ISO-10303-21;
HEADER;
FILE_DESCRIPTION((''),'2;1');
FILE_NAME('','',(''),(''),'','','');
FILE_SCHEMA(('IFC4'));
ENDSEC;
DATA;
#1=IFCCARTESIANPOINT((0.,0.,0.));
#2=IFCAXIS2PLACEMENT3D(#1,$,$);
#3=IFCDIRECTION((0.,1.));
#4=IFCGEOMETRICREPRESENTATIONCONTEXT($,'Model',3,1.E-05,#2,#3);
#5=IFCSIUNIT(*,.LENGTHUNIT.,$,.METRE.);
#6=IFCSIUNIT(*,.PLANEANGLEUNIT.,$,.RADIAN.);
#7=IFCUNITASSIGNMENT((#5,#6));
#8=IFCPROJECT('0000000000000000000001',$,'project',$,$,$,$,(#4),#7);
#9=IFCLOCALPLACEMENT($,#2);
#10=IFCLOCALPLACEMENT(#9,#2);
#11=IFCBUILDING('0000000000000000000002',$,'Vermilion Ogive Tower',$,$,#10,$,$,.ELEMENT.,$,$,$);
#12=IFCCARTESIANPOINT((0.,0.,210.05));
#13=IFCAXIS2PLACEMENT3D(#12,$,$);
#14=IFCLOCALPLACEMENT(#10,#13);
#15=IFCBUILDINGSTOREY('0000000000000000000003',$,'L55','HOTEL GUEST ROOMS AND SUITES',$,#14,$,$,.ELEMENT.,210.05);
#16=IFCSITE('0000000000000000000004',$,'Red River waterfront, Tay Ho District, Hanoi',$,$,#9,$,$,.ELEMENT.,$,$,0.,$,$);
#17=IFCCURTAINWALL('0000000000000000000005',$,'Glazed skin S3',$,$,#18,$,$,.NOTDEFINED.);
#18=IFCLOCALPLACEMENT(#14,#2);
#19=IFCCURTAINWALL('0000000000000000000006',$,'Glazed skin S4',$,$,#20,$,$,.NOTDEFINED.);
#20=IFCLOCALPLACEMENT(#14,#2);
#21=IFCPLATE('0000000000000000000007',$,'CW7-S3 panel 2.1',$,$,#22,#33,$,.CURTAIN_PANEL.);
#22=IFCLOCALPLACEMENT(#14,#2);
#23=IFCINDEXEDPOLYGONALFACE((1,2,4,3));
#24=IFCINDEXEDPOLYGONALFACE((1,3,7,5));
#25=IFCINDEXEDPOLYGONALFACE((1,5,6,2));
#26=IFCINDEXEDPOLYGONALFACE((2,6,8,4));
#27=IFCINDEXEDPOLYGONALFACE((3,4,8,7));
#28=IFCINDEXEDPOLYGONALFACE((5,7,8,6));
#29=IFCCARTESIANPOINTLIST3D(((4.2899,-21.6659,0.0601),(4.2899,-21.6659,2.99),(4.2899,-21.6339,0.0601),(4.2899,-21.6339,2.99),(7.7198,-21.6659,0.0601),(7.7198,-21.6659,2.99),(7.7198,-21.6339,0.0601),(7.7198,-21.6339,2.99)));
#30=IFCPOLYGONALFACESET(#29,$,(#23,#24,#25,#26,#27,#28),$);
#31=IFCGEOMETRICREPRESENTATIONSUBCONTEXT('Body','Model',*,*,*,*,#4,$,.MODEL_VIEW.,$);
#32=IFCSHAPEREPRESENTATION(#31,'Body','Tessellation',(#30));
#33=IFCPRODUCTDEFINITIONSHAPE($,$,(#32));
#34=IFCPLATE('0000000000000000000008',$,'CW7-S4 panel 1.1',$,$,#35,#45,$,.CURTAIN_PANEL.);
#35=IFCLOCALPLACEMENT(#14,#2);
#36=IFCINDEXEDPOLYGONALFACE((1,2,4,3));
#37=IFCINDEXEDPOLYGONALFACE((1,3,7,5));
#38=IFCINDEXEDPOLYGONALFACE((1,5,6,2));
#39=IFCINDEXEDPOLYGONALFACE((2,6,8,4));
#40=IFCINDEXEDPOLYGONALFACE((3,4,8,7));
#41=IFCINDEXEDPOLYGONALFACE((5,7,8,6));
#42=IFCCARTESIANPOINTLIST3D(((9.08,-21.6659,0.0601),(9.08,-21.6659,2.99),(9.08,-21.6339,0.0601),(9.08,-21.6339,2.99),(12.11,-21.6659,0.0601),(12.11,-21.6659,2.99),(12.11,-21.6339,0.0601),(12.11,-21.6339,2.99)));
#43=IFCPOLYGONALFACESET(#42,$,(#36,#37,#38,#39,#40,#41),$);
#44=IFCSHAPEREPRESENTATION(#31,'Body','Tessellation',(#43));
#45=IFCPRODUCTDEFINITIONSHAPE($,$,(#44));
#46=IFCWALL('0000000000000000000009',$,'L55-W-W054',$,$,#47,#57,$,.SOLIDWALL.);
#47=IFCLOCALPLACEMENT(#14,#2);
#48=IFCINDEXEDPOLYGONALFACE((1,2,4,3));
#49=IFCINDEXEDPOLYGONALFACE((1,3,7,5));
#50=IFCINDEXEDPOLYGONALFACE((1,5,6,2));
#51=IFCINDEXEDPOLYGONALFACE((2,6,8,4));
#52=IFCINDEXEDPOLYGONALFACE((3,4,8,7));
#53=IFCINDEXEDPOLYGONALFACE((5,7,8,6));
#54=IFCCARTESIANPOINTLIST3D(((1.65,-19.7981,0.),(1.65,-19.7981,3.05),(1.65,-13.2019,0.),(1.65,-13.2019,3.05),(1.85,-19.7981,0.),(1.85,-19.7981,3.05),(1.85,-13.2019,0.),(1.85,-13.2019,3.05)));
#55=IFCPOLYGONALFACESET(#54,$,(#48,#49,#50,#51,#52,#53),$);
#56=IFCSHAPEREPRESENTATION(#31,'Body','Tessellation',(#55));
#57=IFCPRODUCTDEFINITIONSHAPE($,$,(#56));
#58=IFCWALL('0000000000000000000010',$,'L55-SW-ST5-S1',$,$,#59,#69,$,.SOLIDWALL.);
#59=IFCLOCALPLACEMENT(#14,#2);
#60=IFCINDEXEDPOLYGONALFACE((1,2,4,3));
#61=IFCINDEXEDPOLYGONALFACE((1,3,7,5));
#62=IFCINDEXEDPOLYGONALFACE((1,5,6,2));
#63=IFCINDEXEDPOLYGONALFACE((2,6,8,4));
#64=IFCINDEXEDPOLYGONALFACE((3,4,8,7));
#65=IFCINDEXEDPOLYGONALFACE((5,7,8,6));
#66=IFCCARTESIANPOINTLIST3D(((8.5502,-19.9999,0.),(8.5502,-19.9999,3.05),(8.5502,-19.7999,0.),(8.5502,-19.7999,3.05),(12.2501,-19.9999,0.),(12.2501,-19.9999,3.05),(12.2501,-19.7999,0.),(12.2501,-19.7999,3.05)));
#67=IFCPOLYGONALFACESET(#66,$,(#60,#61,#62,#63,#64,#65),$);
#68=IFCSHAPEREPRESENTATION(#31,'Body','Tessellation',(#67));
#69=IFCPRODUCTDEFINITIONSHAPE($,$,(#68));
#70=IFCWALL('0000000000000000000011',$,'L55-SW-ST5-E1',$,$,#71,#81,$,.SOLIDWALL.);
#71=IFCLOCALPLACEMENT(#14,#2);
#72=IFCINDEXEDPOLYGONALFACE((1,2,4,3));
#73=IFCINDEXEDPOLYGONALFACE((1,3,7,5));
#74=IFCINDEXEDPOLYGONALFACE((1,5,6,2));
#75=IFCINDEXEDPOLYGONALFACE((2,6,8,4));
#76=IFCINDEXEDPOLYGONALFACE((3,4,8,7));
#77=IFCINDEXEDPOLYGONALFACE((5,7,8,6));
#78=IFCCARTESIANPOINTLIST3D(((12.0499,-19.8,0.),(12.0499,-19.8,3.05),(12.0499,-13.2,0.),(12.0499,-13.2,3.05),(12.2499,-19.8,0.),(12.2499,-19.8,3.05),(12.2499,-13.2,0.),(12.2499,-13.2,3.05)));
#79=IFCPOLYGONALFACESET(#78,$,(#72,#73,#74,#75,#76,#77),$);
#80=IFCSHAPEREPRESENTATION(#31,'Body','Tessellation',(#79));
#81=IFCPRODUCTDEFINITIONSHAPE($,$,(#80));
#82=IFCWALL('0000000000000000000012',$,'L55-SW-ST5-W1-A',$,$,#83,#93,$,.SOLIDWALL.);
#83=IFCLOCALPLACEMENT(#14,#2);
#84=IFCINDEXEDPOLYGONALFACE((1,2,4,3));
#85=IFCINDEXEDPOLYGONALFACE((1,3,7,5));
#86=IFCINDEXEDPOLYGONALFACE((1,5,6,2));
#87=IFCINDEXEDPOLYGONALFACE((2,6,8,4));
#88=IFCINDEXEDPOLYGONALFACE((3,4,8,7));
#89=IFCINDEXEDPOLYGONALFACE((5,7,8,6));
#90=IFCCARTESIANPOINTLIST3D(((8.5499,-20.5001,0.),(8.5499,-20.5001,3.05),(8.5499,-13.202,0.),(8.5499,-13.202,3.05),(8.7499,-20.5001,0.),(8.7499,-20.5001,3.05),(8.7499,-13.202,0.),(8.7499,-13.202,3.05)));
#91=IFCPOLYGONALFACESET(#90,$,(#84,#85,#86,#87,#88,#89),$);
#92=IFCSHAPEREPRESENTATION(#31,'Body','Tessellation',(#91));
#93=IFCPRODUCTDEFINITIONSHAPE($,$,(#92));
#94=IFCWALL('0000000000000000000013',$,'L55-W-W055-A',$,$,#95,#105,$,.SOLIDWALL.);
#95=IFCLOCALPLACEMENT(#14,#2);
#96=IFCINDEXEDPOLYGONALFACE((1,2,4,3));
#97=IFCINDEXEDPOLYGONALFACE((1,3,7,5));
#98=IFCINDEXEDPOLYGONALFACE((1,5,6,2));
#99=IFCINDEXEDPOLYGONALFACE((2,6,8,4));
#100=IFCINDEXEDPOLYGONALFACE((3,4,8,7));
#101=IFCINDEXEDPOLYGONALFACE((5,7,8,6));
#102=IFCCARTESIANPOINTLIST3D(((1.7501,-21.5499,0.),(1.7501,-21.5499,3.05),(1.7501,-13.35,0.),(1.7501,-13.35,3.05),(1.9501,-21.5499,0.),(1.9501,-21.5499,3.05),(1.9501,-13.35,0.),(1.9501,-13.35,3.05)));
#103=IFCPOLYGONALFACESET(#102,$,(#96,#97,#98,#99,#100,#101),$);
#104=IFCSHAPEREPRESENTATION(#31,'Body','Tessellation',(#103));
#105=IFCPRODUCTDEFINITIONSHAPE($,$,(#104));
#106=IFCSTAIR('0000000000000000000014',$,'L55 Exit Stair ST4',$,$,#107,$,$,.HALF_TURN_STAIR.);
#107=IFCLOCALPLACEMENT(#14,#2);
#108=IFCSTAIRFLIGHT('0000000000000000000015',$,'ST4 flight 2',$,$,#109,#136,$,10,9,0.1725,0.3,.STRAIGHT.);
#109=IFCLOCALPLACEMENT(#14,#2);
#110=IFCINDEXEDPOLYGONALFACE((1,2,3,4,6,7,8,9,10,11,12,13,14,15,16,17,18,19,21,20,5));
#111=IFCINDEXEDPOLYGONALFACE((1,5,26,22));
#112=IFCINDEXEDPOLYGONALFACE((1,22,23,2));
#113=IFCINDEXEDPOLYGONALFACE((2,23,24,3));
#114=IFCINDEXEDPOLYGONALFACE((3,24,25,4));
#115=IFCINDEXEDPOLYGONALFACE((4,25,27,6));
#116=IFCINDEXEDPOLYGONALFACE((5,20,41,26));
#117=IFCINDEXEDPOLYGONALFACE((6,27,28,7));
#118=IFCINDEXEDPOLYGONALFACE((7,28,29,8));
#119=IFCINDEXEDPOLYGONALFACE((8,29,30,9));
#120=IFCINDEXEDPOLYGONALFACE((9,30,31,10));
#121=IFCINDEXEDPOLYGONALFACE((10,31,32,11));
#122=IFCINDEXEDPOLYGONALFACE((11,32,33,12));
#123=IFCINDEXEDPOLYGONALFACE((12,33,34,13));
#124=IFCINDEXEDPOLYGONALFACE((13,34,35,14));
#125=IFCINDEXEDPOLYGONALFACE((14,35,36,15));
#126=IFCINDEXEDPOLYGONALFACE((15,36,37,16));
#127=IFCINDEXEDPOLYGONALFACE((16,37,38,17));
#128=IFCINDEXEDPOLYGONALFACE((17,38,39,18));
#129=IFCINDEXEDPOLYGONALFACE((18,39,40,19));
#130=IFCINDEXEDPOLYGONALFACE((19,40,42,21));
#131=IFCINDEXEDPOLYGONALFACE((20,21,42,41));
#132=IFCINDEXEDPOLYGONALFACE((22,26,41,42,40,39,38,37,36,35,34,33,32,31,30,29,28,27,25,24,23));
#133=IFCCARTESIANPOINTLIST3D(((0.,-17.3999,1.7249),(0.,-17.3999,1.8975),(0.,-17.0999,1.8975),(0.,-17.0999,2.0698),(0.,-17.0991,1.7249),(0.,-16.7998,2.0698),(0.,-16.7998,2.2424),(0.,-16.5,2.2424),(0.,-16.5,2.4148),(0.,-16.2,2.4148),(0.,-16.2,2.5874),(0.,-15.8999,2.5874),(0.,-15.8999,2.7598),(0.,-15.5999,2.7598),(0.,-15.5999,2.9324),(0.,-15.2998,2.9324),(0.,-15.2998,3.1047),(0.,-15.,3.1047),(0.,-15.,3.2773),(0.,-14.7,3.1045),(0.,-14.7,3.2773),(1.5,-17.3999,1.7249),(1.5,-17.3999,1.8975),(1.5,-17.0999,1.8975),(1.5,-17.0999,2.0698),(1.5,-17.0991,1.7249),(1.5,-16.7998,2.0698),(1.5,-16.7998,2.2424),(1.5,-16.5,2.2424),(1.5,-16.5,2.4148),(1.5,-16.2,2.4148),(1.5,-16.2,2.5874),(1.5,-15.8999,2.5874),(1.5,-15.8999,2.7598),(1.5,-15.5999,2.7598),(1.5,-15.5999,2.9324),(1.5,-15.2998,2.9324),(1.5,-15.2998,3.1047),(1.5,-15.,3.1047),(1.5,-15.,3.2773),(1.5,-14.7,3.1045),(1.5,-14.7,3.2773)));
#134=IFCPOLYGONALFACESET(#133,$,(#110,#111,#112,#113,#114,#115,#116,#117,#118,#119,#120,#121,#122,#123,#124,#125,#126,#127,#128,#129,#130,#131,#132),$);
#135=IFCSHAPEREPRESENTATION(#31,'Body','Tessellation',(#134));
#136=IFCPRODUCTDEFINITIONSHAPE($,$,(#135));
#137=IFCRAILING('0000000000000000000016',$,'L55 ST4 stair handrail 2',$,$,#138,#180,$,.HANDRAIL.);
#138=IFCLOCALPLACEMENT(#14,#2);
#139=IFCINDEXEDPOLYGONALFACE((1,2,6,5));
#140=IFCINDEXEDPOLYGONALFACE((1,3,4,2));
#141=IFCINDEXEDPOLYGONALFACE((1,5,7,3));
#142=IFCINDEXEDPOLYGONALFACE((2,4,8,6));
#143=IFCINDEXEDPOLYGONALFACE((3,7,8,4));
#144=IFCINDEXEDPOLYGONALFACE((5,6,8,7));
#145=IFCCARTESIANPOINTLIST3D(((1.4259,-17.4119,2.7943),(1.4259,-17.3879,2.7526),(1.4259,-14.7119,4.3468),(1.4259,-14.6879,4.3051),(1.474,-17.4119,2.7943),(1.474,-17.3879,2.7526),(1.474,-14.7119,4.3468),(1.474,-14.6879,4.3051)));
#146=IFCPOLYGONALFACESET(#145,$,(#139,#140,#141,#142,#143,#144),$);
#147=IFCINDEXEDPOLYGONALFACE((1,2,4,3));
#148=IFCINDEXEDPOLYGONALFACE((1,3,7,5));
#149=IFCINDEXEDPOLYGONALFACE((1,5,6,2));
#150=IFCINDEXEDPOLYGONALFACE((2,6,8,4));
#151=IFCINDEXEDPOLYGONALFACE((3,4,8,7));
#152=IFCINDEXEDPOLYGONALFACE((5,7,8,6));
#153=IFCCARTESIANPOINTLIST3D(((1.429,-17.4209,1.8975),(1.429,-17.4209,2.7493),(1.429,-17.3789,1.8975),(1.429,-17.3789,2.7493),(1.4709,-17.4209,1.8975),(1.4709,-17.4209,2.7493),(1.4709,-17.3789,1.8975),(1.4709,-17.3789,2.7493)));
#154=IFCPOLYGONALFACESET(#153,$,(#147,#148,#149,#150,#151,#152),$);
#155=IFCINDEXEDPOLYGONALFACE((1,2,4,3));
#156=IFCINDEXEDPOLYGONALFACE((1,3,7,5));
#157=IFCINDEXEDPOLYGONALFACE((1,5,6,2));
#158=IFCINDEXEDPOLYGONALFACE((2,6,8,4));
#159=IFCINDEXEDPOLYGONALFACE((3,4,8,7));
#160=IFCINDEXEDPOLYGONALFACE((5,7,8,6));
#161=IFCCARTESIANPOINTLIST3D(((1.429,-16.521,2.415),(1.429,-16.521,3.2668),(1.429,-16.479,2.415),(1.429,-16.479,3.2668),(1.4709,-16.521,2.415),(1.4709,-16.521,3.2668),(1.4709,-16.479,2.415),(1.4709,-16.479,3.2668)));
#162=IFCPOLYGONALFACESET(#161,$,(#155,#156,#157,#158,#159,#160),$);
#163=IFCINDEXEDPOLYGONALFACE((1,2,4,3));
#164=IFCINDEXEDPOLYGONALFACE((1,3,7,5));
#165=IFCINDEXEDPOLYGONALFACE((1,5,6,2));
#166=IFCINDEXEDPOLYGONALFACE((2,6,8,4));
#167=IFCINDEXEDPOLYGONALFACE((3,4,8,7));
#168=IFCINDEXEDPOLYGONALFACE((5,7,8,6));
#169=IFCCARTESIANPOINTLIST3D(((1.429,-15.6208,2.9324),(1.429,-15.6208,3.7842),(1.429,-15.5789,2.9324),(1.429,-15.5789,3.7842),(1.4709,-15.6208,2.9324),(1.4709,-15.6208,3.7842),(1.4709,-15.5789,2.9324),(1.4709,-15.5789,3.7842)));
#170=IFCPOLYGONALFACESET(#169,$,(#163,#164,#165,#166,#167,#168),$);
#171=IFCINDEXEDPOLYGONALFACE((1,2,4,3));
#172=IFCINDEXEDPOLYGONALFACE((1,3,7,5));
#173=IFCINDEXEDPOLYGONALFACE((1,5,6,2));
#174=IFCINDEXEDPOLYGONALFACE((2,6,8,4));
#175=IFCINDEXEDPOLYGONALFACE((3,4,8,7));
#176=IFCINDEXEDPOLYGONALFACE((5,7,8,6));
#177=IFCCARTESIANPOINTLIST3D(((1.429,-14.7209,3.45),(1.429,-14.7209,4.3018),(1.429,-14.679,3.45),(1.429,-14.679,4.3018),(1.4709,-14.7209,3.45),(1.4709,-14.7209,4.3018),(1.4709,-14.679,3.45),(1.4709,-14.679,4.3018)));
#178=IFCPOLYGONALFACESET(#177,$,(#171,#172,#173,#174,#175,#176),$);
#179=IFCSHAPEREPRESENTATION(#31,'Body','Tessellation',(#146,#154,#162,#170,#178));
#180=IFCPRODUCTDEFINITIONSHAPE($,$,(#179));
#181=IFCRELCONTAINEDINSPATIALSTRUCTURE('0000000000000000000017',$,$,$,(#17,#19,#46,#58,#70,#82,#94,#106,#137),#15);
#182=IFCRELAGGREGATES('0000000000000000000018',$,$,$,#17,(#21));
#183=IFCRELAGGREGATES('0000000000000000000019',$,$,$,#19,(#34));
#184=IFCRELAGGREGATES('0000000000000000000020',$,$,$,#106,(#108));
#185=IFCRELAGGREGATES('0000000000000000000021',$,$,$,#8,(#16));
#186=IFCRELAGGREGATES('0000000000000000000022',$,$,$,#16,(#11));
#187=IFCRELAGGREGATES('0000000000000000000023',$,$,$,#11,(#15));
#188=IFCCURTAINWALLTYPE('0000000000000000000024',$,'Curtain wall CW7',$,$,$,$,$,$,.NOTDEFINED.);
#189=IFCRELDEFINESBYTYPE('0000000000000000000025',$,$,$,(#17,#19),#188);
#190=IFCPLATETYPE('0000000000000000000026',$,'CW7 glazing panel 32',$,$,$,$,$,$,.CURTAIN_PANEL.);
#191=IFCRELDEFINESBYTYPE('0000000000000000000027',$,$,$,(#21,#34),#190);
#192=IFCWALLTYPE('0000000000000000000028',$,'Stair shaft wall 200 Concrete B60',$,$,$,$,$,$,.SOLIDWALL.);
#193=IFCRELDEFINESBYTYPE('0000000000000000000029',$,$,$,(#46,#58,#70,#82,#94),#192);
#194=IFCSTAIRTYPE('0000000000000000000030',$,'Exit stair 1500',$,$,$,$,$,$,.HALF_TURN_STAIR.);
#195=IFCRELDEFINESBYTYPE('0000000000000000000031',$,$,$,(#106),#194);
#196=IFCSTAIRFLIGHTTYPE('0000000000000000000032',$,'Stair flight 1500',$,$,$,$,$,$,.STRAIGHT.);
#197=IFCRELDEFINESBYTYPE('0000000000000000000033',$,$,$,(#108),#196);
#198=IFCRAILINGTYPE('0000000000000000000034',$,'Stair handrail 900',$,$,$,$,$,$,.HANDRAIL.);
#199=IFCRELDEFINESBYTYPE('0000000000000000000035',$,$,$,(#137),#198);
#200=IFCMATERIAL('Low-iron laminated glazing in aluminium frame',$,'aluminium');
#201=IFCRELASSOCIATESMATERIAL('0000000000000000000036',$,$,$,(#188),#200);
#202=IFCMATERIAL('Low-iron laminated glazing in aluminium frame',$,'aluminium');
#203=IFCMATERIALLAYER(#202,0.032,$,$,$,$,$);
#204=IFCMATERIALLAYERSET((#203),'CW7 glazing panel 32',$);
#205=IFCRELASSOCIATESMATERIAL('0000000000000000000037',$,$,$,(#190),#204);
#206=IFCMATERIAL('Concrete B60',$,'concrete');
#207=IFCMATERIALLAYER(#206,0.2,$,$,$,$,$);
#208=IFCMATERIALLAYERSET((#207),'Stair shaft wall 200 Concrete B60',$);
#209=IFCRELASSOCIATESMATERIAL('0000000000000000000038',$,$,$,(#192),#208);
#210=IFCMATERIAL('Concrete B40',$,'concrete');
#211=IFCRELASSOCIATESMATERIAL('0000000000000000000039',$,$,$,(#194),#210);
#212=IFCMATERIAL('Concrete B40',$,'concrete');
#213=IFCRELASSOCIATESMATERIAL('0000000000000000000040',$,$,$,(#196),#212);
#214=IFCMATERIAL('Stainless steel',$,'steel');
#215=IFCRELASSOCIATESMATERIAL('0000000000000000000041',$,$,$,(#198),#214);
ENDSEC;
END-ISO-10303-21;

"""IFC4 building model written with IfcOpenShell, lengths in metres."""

from ifc_helpers import new_model, si_unit, direction, frame, frame_2d, origin, origin_2d, place, context, subcontext, project, spatial, polyline, rectangle, outline, extrude, material, layer, layer_set, type_object, element, aggregate, save


model = new_model("IFC4")

# Units and contexts
model_context = context("Model", 3, precision=1e-05, world=origin(), true_north=direction((0.0, 1.0)))
body_context = subcontext(model_context, "Body", "Model", "MODEL_VIEW")
ifc_project = project(units=[si_unit("LENGTHUNIT", "METRE"), si_unit("PLANEANGLEUNIT", "RADIAN")], contexts=[model_context])

# Site, building, storey
site_placement = place(None, origin())
site = spatial("IfcSite", under=ifc_project, at=site_placement, Name="Red River waterfront, Tay Ho District, Hanoi", CompositionType="ELEMENT", RefElevation=0.0)
building_placement = place(site_placement, origin())
building = spatial("IfcBuilding", under=site, at=building_placement, Name="Vermilion Ogive Tower", CompositionType="ELEMENT")
storey_placement = place(building_placement, frame((0.0, 0.0, 210.05)))
storey = spatial("IfcBuildingStorey", under=building, at=storey_placement, Name="L55", Description="HOTEL GUEST ROOMS AND SUITES", CompositionType="ELEMENT", Elevation=210.05)

# Curtain wall
ifc_material_1 = material(Name="Low-iron laminated glazing in aluminium frame", Category="aluminium")
curtain_wall_type = type_object("IfcCurtainWallType", Name="Curtain wall CW7", PredefinedType="NOTDEFINED", material=ifc_material_1)
curtain_wall_1_placement = place(storey_placement, origin())
curtain_wall_1 = element("IfcCurtainWall", 1, at=curtain_wall_1_placement, inside=storey, type_object=curtain_wall_type, Name="Glazed skin S3", PredefinedType="NOTDEFINED")

# Curtain wall
curtain_wall_2_placement = place(storey_placement, origin())
curtain_wall_2 = element("IfcCurtainWall", 2, at=curtain_wall_2_placement, inside=storey, type_object=curtain_wall_type, Name="Glazed skin S4", PredefinedType="NOTDEFINED")

# Plates
ifc_material_2 = material(Name="Low-iron laminated glazing in aluminium frame", Category="aluminium")
ifc_layer_1 = layer(ifc_material_2, 0.032)
ifc_layer_set_1 = layer_set([ifc_layer_1], Name="CW7 glazing panel 32")
plate_type = type_object("IfcPlateType", Name="CW7 glazing panel 32", PredefinedType="CURTAIN_PANEL", material=ifc_layer_set_1)
plate_1_placement = place(storey_placement, frame((6.0049, -21.6499, 0.0601), z_axis=(0.0, 0.0, 1.0), x_axis=(1.0, 0.0, 0.0)))
plate_1 = element("IfcPlate", 3, at=plate_1_placement, type_object=plate_type, Name="CW7-S3 panel 2.1", PredefinedType="CURTAIN_PANEL", context=body_context, shape_type="SweptSolid", body=[
    extrude(rectangle(XDim=3.4299, YDim=0.032, at=origin_2d()), origin(), (0.0, 0.0, 1.0), 2.9299),
])
aggregate(curtain_wall_1, [plate_1])
plate_2_placement = place(storey_placement, frame((10.595, -21.6499, 0.0601), z_axis=(0.0, 0.0, 1.0), x_axis=(1.0, 0.0, 0.0)))
plate_2 = element("IfcPlate", 4, at=plate_2_placement, type_object=plate_type, Name="CW7-S4 panel 1.1", PredefinedType="CURTAIN_PANEL", context=body_context, shape_type="SweptSolid", body=[
    extrude(rectangle(XDim=3.03, YDim=0.032, at=origin_2d()), origin(), (0.0, 0.0, 1.0), 2.9299),
])
aggregate(curtain_wall_2, [plate_2])

# Walls
ifc_material_3 = material(Name="Concrete B60", Category="concrete")
ifc_layer_2 = layer(ifc_material_3, 0.2)
ifc_layer_set_2 = layer_set([ifc_layer_2], Name="Stair shaft wall 200 Concrete B60")
wall_type = type_object("IfcWallType", Name="Stair shaft wall 200 Concrete B60", PredefinedType="SOLIDWALL", material=ifc_layer_set_2)
wall_1_placement = place(storey_placement, frame((1.75, -19.7981, 0.0), z_axis=(0.0, 0.0, 1.0), x_axis=(0.0, 1.0, 0.0)))
element("IfcWall", 5, at=wall_1_placement, inside=storey, type_object=wall_type, Name="L55-W-W054", PredefinedType="SOLIDWALL", context=body_context, shape_type="SweptSolid", body=[
    extrude(rectangle(XDim=6.5962, YDim=0.2, at=frame_2d((3.2981, 0.0))), origin(), (0.0, 0.0, 1.0), 3.05),
])
wall_2_placement = place(storey_placement, frame((8.55, -19.8999, 0.0), z_axis=(0.0, 0.0, 1.0), x_axis=(1.0, 0.0, 0.0)))
element("IfcWall", 6, at=wall_2_placement, inside=storey, type_object=wall_type, Name="L55-SW-ST5-S1", PredefinedType="SOLIDWALL", context=body_context, shape_type="SweptSolid", body=[
    extrude(rectangle(XDim=3.7, YDim=0.2, at=frame_2d((1.8501, 0.0))), origin(), (0.0, 0.0, 1.0), 3.05),
])
wall_3_placement = place(storey_placement, frame((12.1499, -19.8, 0.0), z_axis=(0.0, 0.0, 1.0), x_axis=(0.0, 1.0, 0.0)))
element("IfcWall", 7, at=wall_3_placement, inside=storey, type_object=wall_type, Name="L55-SW-ST5-E1", PredefinedType="SOLIDWALL", context=body_context, shape_type="SweptSolid", body=[
    extrude(rectangle(XDim=6.6001, YDim=0.2, at=frame_2d((3.3, 0.0))), origin(), (0.0, 0.0, 1.0), 3.05),
])
wall_4_placement = place(storey_placement, frame((8.6499, -20.5, 0.0), z_axis=(0.0, 0.0, 1.0), x_axis=(0.0, 1.0, 0.0)))
element("IfcWall", 8, at=wall_4_placement, inside=storey, type_object=wall_type, Name="L55-SW-ST5-W1-A", PredefinedType="SOLIDWALL", context=body_context, shape_type="SweptSolid", body=[
    extrude(rectangle(XDim=7.2981, YDim=0.2, at=frame_2d((3.6489, 0.0))), origin(), (0.0, 0.0, 1.0), 3.05),
])
wall_5_placement = place(storey_placement, frame((1.8501, -21.55, 0.0), z_axis=(0.0, 0.0, 1.0), x_axis=(0.0, 1.0, 0.0)))
element("IfcWall", 9, at=wall_5_placement, inside=storey, type_object=wall_type, Name="L55-W-W055-A", PredefinedType="SOLIDWALL", context=body_context, shape_type="SweptSolid", body=[
    extrude(rectangle(XDim=8.2, YDim=0.2, at=frame_2d((4.1001, 0.0))), origin(), (0.0, 0.0, 1.0), 3.05),
])

# Stair, stair flight
ifc_material_4 = material(Name="Concrete B40", Category="concrete")
stair_type = type_object("IfcStairType", Name="Exit stair 1500", PredefinedType="HALF_TURN_STAIR", material=ifc_material_4)
stair_placement = place(storey_placement, origin())
stair = element("IfcStair", 10, at=stair_placement, inside=storey, type_object=stair_type, Name="L55 Exit Stair ST4", PredefinedType="HALF_TURN_STAIR")
ifc_material_5 = material(Name="Concrete B40", Category="concrete")
stair_flight_type = type_object("IfcStairFlightType", Name="Stair flight 1500", PredefinedType="STRAIGHT", material=ifc_material_5)
stair_flight_placement = place(storey_placement, frame((0.75, -17.3999, 1.7249), z_axis=(0.0, 0.0, 1.0), x_axis=(0.0, 1.0, 0.0)))
stair_flight = element("IfcStairFlight", 11, at=stair_flight_placement, type_object=stair_flight_type, Name="ST4 flight 2", NumberOfRisers=10, NumberOfTreads=9, PredefinedType="STRAIGHT", RiserHeight=0.1725, TreadLength=0.3, context=body_context, shape_type="SweptSolid", body=[
    extrude(outline(polyline([(0.0, 0.0), (0.0, 0.1726), (0.3, 0.1726), (0.3, 0.345), (0.6001, 0.345), (0.6001, 0.5176), (0.8999, 0.5176), (0.8999, 0.6899), (1.2, 0.6899), (1.2, 0.8625), (1.5, 0.8625), (1.5, 1.0349), (1.8, 1.0349), (1.8, 1.2075), (2.1001, 1.2075), (2.1001, 1.3799), (2.3999, 1.3799), (2.3999, 1.5525), (2.7, 1.5525), (2.7, 1.7251), (2.7, 1.3796), (0.3008, 0.0), (0.0, 0.0)])), frame((0.0, 0.75, 0.0), z_axis=(0.0, -1.0, 0.0), x_axis=(1.0, 0.0, 0.0)), (0.0, 0.0, 1.0), 1.5),
])
aggregate(stair, [stair_flight])

# Railing
ifc_material_6 = material(Name="Stainless steel", Category="steel")
railing_type = type_object("IfcRailingType", Name="Stair handrail 900", PredefinedType="HANDRAIL", material=ifc_material_6)
railing_placement = place(storey_placement, frame((1.45, -17.3999, 1.8975)))
element("IfcRailing", 12, at=railing_placement, inside=storey, type_object=railing_type, Name="L55 ST4 stair handrail 2", PredefinedType="HANDRAIL", context=body_context, shape_type="SweptSolid", body=[
    extrude(rectangle(XDim=0.0481, YDim=0.0481, at=origin_2d()), frame((0.0, 0.0, 0.876), z_axis=(0.0, 0.866904, 0.498476), x_axis=(-1.0, 0.0, 0.0)), (0.0, 0.0, 1.0), 3.1145),
    extrude(rectangle(XDim=0.042, YDim=0.042, at=origin_2d()), origin(), (0.0, 0.0, 1.0), 0.8518),
    extrude(rectangle(XDim=0.042, YDim=0.042, at=origin_2d()), frame((0.0, 0.8999, 0.5176)), (0.0, 0.0, 1.0), 0.8518),
    extrude(rectangle(XDim=0.042, YDim=0.042, at=origin_2d()), frame((0.0, 1.8, 1.0349)), (0.0, 0.0, 1.0), 0.8518),
    extrude(rectangle(XDim=0.042, YDim=0.042, at=origin_2d()), frame((0.0, 2.7, 1.5525)), (0.0, 0.0, 1.0), 0.8518),
])

save(model, "model.ifc")
